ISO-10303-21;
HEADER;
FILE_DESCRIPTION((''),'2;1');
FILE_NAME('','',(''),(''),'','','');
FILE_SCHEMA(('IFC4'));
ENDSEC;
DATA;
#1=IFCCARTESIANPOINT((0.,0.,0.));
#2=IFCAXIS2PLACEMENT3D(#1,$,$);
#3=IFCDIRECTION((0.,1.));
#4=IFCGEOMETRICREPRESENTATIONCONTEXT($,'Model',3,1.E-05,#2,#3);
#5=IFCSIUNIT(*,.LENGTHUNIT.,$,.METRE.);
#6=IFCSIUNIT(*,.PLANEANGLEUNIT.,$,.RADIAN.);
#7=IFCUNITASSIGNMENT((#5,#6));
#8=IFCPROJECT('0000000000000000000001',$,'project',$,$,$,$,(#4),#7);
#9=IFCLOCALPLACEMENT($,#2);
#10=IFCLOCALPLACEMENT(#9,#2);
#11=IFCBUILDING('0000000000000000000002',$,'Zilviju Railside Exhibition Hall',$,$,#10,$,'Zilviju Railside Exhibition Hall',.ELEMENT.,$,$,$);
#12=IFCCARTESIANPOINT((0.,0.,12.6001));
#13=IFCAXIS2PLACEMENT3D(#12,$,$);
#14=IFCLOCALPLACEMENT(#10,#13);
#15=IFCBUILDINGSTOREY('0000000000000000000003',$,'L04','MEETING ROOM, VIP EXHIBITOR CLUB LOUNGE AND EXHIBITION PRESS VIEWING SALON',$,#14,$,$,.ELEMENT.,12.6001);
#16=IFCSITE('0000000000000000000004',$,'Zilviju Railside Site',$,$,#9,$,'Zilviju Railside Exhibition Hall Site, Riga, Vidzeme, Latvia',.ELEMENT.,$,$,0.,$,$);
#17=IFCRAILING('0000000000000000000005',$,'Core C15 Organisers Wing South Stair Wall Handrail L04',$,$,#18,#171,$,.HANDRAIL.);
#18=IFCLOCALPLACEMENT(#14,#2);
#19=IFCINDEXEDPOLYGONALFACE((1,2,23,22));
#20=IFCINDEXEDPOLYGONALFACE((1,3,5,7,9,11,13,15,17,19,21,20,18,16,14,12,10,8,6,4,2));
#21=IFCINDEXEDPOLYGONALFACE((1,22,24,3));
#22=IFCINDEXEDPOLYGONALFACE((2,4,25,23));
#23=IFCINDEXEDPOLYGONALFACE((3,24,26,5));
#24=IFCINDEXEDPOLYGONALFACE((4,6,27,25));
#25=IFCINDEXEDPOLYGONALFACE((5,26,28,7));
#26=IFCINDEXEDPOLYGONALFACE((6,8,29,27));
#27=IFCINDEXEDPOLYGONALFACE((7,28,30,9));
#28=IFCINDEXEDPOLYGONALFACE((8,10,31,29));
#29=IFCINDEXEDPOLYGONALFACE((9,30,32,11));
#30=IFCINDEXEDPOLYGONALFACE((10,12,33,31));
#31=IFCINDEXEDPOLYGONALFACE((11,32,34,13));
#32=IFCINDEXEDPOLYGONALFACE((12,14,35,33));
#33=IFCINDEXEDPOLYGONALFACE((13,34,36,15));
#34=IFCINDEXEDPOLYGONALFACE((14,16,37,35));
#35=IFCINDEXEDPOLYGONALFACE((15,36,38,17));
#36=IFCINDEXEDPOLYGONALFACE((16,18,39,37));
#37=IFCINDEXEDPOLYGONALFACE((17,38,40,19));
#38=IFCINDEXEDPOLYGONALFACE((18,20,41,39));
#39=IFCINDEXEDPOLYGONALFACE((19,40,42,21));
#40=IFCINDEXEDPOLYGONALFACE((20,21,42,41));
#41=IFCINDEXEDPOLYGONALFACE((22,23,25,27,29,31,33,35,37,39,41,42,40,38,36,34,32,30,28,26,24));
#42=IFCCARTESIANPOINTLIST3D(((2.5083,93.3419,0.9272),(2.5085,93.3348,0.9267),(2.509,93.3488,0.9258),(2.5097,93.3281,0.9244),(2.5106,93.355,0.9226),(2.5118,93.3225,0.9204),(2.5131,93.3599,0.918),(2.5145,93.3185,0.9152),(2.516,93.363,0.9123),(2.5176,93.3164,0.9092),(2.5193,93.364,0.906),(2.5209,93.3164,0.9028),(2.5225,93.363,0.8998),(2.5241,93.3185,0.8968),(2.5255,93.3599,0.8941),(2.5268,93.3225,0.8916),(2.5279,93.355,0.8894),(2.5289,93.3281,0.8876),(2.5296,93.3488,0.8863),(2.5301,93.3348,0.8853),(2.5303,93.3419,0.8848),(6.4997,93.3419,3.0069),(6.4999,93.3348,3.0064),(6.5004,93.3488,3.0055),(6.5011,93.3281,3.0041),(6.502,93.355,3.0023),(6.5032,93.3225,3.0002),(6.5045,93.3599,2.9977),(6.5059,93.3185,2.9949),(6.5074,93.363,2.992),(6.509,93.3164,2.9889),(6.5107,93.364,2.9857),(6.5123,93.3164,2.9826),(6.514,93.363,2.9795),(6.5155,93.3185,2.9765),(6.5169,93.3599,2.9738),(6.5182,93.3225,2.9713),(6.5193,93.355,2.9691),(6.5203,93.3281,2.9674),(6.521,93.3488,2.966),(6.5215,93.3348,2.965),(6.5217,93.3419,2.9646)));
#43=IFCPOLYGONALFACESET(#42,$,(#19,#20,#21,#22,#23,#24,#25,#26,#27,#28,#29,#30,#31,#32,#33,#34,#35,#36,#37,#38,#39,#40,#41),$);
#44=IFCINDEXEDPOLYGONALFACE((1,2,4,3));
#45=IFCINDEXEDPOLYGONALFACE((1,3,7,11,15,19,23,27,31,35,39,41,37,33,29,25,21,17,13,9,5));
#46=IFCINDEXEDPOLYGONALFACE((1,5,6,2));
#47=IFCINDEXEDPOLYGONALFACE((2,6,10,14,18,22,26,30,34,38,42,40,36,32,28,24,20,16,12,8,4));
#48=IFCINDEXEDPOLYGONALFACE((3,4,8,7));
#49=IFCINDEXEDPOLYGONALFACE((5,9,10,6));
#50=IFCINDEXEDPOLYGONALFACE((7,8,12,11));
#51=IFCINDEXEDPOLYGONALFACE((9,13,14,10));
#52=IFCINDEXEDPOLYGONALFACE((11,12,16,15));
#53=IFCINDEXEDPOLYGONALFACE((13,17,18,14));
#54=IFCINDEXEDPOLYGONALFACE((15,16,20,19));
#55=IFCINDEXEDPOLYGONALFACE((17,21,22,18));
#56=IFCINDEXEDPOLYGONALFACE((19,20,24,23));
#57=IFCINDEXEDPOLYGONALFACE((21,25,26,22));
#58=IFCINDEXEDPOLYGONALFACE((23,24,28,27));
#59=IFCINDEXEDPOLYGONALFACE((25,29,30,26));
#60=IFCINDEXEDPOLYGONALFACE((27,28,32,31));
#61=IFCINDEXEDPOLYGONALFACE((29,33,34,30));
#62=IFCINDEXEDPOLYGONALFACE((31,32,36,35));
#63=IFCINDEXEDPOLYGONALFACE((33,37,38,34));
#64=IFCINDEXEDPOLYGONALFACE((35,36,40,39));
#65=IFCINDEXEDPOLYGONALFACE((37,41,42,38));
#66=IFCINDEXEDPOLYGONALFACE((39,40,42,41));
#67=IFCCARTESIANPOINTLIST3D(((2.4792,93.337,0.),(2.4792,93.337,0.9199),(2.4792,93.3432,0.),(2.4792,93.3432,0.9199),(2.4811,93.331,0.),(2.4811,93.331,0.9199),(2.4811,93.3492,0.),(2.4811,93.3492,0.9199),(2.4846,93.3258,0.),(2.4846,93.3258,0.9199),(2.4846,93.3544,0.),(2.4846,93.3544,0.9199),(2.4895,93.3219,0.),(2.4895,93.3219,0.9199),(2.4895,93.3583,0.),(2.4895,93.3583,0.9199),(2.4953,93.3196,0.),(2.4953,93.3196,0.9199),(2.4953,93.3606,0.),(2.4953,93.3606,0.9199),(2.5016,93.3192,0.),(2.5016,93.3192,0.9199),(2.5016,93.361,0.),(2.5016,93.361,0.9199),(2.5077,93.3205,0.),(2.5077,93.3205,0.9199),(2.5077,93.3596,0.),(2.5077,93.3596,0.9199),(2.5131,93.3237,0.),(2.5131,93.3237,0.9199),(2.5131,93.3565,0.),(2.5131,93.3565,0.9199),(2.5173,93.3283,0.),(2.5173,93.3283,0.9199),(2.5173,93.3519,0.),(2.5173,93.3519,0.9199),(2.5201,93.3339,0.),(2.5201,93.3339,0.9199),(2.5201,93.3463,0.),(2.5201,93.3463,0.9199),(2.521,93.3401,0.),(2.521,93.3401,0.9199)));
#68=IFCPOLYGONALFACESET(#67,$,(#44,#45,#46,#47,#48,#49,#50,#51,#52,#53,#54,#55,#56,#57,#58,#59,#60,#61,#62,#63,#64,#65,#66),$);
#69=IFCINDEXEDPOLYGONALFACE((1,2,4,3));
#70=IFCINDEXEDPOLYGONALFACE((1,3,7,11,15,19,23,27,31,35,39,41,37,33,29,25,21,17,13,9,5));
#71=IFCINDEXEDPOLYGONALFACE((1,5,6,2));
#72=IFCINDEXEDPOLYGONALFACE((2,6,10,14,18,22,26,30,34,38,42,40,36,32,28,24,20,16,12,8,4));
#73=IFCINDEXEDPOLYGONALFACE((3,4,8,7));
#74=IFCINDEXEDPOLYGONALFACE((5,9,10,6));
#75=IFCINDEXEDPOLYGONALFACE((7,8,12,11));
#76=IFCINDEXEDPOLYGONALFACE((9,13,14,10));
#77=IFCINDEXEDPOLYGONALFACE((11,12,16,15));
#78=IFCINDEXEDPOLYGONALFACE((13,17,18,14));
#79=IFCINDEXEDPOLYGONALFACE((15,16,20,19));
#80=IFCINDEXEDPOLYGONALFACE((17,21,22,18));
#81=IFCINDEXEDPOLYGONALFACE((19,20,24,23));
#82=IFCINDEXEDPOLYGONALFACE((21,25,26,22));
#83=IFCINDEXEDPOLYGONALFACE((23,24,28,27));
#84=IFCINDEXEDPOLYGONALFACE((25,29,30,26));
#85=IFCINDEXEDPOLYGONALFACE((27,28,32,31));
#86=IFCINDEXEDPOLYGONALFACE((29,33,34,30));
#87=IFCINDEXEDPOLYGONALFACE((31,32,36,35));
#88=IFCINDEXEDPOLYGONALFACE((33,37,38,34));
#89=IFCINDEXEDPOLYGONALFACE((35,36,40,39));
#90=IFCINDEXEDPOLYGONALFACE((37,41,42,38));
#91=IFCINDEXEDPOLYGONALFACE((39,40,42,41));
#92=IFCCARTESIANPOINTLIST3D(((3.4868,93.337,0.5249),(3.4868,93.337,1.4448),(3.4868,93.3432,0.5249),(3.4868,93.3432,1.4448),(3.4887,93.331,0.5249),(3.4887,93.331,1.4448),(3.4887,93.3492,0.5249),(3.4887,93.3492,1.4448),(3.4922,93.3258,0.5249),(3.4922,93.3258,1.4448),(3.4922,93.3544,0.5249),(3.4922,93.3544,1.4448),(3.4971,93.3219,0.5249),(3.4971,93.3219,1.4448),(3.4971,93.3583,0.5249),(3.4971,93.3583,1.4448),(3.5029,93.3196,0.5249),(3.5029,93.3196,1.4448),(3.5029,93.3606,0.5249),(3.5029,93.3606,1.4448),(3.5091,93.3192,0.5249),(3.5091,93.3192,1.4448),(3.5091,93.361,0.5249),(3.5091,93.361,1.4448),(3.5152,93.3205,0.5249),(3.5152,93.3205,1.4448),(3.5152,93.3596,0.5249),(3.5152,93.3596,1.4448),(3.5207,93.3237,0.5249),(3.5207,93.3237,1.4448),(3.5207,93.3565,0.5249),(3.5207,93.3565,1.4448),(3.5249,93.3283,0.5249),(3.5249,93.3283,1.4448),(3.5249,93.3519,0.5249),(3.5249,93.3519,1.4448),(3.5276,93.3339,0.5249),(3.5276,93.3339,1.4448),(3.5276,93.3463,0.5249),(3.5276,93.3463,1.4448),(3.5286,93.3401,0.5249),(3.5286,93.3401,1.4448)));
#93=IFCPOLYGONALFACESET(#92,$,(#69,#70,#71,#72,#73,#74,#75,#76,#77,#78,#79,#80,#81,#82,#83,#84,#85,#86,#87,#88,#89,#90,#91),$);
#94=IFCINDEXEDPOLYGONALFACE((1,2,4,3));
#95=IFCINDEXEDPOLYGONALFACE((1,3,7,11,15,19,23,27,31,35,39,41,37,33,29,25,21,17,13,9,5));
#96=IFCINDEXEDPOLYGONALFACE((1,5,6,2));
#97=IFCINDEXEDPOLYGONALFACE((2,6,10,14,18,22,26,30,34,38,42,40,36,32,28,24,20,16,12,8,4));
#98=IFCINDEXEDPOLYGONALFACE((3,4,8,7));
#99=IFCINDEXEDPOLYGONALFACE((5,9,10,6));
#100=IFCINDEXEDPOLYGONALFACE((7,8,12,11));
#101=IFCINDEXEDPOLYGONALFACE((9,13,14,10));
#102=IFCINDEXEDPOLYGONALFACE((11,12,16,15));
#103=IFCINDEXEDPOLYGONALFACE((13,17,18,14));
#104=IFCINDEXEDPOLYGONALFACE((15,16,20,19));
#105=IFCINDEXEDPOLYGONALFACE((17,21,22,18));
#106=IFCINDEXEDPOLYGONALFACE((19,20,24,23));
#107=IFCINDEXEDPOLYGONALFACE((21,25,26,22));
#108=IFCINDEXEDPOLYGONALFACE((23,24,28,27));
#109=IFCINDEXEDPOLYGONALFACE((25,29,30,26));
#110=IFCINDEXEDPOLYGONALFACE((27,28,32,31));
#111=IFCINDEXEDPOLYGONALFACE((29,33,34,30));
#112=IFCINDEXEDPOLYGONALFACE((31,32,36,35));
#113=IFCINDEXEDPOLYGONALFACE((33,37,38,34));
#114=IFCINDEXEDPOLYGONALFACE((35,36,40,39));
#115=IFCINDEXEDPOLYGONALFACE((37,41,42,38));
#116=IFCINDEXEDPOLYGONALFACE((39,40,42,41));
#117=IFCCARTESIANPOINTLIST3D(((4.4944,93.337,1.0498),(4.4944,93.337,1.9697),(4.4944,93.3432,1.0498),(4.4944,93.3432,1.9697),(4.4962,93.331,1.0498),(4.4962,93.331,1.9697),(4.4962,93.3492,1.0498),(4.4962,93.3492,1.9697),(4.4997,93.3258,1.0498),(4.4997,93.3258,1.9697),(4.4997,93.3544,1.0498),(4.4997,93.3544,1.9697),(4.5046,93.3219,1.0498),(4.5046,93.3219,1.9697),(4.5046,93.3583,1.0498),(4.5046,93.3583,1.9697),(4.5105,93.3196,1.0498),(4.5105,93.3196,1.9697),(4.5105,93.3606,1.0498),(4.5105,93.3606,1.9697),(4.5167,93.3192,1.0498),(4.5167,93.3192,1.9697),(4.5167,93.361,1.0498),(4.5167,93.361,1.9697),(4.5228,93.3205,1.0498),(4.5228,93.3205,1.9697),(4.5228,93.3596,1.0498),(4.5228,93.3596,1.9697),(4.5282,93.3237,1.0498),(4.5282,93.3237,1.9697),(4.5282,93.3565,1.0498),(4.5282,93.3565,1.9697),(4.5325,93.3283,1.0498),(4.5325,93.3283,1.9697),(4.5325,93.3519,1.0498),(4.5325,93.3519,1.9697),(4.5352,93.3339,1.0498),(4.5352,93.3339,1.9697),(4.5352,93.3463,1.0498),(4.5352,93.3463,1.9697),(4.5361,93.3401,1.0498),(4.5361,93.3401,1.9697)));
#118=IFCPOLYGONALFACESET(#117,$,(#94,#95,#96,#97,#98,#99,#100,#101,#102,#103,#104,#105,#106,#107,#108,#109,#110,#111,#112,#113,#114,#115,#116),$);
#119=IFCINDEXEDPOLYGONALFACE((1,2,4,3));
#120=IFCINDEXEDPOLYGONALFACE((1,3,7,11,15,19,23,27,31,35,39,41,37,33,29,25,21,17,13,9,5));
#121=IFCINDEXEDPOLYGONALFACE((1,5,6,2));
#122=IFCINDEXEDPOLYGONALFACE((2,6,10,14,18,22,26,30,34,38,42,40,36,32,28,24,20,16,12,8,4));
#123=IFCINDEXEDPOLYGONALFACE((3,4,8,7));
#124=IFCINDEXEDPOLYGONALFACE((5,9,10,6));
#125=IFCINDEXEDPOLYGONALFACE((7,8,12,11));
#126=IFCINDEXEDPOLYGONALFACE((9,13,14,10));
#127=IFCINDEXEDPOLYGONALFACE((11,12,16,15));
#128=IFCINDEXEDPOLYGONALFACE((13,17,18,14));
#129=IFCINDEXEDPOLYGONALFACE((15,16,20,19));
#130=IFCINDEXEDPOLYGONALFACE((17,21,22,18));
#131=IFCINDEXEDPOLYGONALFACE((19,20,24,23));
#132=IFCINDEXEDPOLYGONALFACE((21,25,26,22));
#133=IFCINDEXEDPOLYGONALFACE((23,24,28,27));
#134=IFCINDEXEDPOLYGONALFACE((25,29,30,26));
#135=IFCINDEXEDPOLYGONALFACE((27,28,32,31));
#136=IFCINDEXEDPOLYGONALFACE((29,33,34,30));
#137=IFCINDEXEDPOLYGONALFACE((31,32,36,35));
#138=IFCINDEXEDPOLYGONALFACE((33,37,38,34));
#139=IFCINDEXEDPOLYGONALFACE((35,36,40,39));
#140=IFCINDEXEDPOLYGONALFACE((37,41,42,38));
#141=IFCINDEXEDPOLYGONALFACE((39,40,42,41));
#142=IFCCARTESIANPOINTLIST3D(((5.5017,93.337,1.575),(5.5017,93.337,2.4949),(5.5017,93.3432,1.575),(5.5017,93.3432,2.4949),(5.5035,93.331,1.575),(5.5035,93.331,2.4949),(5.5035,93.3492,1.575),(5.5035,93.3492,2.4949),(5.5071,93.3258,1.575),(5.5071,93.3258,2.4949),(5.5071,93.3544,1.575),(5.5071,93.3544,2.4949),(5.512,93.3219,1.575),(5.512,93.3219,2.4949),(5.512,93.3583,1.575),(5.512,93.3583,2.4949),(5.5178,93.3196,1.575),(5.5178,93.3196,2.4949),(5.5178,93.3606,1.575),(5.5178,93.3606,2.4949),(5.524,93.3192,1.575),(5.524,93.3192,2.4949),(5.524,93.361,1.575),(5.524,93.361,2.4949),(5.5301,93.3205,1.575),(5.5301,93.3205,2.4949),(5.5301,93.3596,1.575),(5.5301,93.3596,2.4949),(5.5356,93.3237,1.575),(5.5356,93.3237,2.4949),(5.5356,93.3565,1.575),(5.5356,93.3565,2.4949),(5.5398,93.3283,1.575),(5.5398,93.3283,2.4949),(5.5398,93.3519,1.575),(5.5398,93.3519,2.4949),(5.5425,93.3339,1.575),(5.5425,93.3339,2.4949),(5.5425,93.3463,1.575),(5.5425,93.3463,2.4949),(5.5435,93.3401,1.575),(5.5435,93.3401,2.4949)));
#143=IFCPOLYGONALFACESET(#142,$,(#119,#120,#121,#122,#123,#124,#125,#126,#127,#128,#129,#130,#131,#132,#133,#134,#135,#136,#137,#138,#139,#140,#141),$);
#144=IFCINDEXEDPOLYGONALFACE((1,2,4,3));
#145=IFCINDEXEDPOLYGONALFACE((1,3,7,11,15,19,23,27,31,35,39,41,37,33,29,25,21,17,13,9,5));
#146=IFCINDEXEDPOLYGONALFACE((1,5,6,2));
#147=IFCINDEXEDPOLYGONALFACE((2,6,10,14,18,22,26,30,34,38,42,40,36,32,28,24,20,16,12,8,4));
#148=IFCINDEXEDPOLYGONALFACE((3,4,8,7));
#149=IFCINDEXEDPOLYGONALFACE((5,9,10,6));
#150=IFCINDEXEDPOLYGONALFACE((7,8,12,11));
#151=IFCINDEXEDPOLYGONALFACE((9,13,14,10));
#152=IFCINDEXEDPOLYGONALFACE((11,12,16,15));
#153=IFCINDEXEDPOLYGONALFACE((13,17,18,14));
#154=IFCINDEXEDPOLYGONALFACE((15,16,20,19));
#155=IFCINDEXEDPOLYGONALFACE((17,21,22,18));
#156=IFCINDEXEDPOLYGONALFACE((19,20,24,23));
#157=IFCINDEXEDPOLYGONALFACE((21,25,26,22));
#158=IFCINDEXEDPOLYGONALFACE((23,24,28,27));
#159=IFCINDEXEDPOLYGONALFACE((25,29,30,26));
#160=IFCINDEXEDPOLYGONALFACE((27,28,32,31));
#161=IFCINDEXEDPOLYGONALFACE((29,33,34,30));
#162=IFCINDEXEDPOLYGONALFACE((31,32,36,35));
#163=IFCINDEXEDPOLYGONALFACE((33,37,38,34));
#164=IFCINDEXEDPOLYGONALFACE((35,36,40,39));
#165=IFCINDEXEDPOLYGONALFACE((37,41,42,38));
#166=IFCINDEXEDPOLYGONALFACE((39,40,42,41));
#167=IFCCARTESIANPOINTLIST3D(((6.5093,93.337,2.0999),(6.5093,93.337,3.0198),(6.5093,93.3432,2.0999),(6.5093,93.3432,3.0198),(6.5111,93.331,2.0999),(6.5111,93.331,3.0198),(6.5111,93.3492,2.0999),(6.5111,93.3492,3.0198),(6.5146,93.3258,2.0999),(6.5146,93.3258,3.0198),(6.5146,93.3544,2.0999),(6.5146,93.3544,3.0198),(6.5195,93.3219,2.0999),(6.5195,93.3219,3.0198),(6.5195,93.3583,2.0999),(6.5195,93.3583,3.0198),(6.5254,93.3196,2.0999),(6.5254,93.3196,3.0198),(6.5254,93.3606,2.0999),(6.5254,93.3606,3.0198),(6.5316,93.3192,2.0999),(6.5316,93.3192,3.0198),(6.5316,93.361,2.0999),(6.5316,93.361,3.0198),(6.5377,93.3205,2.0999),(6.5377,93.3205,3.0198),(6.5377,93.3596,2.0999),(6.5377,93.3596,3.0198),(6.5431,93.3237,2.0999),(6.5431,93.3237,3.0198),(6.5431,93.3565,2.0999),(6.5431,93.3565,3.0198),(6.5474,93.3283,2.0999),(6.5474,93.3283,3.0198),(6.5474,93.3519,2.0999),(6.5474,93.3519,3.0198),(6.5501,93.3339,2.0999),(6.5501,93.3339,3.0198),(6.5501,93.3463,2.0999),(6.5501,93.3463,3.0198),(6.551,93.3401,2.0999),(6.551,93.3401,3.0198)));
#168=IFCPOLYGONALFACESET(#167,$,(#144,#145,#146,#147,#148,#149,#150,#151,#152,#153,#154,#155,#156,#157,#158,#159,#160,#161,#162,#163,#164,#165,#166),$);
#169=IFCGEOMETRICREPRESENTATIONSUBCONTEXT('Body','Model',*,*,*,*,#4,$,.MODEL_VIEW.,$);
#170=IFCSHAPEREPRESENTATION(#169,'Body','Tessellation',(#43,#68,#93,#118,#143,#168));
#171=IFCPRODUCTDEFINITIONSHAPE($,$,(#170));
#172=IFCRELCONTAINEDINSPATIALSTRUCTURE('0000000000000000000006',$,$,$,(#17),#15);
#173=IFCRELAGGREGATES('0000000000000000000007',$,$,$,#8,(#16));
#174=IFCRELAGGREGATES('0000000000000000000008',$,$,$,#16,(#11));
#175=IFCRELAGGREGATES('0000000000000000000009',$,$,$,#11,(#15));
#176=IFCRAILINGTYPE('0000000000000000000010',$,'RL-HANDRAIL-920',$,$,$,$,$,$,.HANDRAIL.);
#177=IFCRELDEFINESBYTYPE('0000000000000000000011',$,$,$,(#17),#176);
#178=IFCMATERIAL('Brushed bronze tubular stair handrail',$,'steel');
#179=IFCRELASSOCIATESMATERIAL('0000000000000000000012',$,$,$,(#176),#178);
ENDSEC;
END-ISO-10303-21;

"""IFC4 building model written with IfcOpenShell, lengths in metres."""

from ifc_helpers import new_model, si_unit, direction, frame, origin, origin_2d, place, context, subcontext, project, spatial, circle, extrude, material, type_object, element, save


model = new_model("IFC4")

# Units and contexts
model_context = context("Model", 3, precision=1e-05, world=origin(), true_north=direction((0.0, 1.0)))
body_context = subcontext(model_context, "Body", "Model", "MODEL_VIEW")
ifc_project = project(units=[si_unit("LENGTHUNIT", "METRE"), si_unit("PLANEANGLEUNIT", "RADIAN")], contexts=[model_context])

# Site, building, storey
site_placement = place(None, origin())
site = spatial("IfcSite", under=ifc_project, at=site_placement, Name="Zilviju Railside Site", LongName="Zilviju Railside Exhibition Hall Site, Riga, Vidzeme, Latvia", CompositionType="ELEMENT", RefElevation=0.0)
building_placement = place(site_placement, origin())
building = spatial("IfcBuilding", under=site, at=building_placement, Name="Zilviju Railside Exhibition Hall", LongName="Zilviju Railside Exhibition Hall", CompositionType="ELEMENT")
storey_placement = place(building_placement, frame((0.0, 0.0, 12.6001)))
storey = spatial("IfcBuildingStorey", under=building, at=storey_placement, Name="L04", Description="MEETING ROOM, VIP EXHIBITOR CLUB LOUNGE AND EXHIBITION PRESS VIEWING SALON", CompositionType="ELEMENT", Elevation=12.6001)

# Railing
ifc_material_1 = material(Name="Brushed bronze tubular stair handrail", Category="steel")
railing_type_1 = type_object("IfcRailingType", Name="RL-HANDRAIL-920", PredefinedType="HANDRAIL", material=ifc_material_1)
for number, where, name in (
    (1, (2.5, 93.3401, 0.0), "Core C15 Organisers Wing South Stair Wall Handrail L04"),
):
    element("IfcRailing", number, at=place(storey_placement, frame(where)), inside=storey, type_object=railing_type_1, Name=name, PredefinedType="HANDRAIL", context=body_context, shape_type="SweptSolid", body=[
        extrude(circle(Radius=0.0239, at=origin_2d()), frame((0.0193, 0.0, 0.906), z_axis=(0.886835, 0.0, 0.462087), x_axis=(0.0, 1.0, 0.0)), (0.0, 0.0, 1.0), 4.5007),
        extrude(circle(Radius=0.021, at=origin_2d()), origin(), (0.0, 0.0, 1.0), 0.9199),
        extrude(circle(Radius=0.021, at=origin_2d()), frame((1.0076, 0.0, 0.5249)), (0.0, 0.0, 1.0), 0.9199),
        extrude(circle(Radius=0.021, at=origin_2d()), frame((2.0151, 0.0, 1.0498)), (0.0, 0.0, 1.0), 0.9199),
        extrude(circle(Radius=0.021, at=origin_2d()), frame((3.0225, 0.0, 1.575)), (0.0, 0.0, 1.0), 0.9199),
        extrude(circle(Radius=0.021, at=origin_2d()), frame((4.03, 0.0, 2.0999)), (0.0, 0.0, 1.0), 0.9199),
    ])

save(model, "model.ifc")
